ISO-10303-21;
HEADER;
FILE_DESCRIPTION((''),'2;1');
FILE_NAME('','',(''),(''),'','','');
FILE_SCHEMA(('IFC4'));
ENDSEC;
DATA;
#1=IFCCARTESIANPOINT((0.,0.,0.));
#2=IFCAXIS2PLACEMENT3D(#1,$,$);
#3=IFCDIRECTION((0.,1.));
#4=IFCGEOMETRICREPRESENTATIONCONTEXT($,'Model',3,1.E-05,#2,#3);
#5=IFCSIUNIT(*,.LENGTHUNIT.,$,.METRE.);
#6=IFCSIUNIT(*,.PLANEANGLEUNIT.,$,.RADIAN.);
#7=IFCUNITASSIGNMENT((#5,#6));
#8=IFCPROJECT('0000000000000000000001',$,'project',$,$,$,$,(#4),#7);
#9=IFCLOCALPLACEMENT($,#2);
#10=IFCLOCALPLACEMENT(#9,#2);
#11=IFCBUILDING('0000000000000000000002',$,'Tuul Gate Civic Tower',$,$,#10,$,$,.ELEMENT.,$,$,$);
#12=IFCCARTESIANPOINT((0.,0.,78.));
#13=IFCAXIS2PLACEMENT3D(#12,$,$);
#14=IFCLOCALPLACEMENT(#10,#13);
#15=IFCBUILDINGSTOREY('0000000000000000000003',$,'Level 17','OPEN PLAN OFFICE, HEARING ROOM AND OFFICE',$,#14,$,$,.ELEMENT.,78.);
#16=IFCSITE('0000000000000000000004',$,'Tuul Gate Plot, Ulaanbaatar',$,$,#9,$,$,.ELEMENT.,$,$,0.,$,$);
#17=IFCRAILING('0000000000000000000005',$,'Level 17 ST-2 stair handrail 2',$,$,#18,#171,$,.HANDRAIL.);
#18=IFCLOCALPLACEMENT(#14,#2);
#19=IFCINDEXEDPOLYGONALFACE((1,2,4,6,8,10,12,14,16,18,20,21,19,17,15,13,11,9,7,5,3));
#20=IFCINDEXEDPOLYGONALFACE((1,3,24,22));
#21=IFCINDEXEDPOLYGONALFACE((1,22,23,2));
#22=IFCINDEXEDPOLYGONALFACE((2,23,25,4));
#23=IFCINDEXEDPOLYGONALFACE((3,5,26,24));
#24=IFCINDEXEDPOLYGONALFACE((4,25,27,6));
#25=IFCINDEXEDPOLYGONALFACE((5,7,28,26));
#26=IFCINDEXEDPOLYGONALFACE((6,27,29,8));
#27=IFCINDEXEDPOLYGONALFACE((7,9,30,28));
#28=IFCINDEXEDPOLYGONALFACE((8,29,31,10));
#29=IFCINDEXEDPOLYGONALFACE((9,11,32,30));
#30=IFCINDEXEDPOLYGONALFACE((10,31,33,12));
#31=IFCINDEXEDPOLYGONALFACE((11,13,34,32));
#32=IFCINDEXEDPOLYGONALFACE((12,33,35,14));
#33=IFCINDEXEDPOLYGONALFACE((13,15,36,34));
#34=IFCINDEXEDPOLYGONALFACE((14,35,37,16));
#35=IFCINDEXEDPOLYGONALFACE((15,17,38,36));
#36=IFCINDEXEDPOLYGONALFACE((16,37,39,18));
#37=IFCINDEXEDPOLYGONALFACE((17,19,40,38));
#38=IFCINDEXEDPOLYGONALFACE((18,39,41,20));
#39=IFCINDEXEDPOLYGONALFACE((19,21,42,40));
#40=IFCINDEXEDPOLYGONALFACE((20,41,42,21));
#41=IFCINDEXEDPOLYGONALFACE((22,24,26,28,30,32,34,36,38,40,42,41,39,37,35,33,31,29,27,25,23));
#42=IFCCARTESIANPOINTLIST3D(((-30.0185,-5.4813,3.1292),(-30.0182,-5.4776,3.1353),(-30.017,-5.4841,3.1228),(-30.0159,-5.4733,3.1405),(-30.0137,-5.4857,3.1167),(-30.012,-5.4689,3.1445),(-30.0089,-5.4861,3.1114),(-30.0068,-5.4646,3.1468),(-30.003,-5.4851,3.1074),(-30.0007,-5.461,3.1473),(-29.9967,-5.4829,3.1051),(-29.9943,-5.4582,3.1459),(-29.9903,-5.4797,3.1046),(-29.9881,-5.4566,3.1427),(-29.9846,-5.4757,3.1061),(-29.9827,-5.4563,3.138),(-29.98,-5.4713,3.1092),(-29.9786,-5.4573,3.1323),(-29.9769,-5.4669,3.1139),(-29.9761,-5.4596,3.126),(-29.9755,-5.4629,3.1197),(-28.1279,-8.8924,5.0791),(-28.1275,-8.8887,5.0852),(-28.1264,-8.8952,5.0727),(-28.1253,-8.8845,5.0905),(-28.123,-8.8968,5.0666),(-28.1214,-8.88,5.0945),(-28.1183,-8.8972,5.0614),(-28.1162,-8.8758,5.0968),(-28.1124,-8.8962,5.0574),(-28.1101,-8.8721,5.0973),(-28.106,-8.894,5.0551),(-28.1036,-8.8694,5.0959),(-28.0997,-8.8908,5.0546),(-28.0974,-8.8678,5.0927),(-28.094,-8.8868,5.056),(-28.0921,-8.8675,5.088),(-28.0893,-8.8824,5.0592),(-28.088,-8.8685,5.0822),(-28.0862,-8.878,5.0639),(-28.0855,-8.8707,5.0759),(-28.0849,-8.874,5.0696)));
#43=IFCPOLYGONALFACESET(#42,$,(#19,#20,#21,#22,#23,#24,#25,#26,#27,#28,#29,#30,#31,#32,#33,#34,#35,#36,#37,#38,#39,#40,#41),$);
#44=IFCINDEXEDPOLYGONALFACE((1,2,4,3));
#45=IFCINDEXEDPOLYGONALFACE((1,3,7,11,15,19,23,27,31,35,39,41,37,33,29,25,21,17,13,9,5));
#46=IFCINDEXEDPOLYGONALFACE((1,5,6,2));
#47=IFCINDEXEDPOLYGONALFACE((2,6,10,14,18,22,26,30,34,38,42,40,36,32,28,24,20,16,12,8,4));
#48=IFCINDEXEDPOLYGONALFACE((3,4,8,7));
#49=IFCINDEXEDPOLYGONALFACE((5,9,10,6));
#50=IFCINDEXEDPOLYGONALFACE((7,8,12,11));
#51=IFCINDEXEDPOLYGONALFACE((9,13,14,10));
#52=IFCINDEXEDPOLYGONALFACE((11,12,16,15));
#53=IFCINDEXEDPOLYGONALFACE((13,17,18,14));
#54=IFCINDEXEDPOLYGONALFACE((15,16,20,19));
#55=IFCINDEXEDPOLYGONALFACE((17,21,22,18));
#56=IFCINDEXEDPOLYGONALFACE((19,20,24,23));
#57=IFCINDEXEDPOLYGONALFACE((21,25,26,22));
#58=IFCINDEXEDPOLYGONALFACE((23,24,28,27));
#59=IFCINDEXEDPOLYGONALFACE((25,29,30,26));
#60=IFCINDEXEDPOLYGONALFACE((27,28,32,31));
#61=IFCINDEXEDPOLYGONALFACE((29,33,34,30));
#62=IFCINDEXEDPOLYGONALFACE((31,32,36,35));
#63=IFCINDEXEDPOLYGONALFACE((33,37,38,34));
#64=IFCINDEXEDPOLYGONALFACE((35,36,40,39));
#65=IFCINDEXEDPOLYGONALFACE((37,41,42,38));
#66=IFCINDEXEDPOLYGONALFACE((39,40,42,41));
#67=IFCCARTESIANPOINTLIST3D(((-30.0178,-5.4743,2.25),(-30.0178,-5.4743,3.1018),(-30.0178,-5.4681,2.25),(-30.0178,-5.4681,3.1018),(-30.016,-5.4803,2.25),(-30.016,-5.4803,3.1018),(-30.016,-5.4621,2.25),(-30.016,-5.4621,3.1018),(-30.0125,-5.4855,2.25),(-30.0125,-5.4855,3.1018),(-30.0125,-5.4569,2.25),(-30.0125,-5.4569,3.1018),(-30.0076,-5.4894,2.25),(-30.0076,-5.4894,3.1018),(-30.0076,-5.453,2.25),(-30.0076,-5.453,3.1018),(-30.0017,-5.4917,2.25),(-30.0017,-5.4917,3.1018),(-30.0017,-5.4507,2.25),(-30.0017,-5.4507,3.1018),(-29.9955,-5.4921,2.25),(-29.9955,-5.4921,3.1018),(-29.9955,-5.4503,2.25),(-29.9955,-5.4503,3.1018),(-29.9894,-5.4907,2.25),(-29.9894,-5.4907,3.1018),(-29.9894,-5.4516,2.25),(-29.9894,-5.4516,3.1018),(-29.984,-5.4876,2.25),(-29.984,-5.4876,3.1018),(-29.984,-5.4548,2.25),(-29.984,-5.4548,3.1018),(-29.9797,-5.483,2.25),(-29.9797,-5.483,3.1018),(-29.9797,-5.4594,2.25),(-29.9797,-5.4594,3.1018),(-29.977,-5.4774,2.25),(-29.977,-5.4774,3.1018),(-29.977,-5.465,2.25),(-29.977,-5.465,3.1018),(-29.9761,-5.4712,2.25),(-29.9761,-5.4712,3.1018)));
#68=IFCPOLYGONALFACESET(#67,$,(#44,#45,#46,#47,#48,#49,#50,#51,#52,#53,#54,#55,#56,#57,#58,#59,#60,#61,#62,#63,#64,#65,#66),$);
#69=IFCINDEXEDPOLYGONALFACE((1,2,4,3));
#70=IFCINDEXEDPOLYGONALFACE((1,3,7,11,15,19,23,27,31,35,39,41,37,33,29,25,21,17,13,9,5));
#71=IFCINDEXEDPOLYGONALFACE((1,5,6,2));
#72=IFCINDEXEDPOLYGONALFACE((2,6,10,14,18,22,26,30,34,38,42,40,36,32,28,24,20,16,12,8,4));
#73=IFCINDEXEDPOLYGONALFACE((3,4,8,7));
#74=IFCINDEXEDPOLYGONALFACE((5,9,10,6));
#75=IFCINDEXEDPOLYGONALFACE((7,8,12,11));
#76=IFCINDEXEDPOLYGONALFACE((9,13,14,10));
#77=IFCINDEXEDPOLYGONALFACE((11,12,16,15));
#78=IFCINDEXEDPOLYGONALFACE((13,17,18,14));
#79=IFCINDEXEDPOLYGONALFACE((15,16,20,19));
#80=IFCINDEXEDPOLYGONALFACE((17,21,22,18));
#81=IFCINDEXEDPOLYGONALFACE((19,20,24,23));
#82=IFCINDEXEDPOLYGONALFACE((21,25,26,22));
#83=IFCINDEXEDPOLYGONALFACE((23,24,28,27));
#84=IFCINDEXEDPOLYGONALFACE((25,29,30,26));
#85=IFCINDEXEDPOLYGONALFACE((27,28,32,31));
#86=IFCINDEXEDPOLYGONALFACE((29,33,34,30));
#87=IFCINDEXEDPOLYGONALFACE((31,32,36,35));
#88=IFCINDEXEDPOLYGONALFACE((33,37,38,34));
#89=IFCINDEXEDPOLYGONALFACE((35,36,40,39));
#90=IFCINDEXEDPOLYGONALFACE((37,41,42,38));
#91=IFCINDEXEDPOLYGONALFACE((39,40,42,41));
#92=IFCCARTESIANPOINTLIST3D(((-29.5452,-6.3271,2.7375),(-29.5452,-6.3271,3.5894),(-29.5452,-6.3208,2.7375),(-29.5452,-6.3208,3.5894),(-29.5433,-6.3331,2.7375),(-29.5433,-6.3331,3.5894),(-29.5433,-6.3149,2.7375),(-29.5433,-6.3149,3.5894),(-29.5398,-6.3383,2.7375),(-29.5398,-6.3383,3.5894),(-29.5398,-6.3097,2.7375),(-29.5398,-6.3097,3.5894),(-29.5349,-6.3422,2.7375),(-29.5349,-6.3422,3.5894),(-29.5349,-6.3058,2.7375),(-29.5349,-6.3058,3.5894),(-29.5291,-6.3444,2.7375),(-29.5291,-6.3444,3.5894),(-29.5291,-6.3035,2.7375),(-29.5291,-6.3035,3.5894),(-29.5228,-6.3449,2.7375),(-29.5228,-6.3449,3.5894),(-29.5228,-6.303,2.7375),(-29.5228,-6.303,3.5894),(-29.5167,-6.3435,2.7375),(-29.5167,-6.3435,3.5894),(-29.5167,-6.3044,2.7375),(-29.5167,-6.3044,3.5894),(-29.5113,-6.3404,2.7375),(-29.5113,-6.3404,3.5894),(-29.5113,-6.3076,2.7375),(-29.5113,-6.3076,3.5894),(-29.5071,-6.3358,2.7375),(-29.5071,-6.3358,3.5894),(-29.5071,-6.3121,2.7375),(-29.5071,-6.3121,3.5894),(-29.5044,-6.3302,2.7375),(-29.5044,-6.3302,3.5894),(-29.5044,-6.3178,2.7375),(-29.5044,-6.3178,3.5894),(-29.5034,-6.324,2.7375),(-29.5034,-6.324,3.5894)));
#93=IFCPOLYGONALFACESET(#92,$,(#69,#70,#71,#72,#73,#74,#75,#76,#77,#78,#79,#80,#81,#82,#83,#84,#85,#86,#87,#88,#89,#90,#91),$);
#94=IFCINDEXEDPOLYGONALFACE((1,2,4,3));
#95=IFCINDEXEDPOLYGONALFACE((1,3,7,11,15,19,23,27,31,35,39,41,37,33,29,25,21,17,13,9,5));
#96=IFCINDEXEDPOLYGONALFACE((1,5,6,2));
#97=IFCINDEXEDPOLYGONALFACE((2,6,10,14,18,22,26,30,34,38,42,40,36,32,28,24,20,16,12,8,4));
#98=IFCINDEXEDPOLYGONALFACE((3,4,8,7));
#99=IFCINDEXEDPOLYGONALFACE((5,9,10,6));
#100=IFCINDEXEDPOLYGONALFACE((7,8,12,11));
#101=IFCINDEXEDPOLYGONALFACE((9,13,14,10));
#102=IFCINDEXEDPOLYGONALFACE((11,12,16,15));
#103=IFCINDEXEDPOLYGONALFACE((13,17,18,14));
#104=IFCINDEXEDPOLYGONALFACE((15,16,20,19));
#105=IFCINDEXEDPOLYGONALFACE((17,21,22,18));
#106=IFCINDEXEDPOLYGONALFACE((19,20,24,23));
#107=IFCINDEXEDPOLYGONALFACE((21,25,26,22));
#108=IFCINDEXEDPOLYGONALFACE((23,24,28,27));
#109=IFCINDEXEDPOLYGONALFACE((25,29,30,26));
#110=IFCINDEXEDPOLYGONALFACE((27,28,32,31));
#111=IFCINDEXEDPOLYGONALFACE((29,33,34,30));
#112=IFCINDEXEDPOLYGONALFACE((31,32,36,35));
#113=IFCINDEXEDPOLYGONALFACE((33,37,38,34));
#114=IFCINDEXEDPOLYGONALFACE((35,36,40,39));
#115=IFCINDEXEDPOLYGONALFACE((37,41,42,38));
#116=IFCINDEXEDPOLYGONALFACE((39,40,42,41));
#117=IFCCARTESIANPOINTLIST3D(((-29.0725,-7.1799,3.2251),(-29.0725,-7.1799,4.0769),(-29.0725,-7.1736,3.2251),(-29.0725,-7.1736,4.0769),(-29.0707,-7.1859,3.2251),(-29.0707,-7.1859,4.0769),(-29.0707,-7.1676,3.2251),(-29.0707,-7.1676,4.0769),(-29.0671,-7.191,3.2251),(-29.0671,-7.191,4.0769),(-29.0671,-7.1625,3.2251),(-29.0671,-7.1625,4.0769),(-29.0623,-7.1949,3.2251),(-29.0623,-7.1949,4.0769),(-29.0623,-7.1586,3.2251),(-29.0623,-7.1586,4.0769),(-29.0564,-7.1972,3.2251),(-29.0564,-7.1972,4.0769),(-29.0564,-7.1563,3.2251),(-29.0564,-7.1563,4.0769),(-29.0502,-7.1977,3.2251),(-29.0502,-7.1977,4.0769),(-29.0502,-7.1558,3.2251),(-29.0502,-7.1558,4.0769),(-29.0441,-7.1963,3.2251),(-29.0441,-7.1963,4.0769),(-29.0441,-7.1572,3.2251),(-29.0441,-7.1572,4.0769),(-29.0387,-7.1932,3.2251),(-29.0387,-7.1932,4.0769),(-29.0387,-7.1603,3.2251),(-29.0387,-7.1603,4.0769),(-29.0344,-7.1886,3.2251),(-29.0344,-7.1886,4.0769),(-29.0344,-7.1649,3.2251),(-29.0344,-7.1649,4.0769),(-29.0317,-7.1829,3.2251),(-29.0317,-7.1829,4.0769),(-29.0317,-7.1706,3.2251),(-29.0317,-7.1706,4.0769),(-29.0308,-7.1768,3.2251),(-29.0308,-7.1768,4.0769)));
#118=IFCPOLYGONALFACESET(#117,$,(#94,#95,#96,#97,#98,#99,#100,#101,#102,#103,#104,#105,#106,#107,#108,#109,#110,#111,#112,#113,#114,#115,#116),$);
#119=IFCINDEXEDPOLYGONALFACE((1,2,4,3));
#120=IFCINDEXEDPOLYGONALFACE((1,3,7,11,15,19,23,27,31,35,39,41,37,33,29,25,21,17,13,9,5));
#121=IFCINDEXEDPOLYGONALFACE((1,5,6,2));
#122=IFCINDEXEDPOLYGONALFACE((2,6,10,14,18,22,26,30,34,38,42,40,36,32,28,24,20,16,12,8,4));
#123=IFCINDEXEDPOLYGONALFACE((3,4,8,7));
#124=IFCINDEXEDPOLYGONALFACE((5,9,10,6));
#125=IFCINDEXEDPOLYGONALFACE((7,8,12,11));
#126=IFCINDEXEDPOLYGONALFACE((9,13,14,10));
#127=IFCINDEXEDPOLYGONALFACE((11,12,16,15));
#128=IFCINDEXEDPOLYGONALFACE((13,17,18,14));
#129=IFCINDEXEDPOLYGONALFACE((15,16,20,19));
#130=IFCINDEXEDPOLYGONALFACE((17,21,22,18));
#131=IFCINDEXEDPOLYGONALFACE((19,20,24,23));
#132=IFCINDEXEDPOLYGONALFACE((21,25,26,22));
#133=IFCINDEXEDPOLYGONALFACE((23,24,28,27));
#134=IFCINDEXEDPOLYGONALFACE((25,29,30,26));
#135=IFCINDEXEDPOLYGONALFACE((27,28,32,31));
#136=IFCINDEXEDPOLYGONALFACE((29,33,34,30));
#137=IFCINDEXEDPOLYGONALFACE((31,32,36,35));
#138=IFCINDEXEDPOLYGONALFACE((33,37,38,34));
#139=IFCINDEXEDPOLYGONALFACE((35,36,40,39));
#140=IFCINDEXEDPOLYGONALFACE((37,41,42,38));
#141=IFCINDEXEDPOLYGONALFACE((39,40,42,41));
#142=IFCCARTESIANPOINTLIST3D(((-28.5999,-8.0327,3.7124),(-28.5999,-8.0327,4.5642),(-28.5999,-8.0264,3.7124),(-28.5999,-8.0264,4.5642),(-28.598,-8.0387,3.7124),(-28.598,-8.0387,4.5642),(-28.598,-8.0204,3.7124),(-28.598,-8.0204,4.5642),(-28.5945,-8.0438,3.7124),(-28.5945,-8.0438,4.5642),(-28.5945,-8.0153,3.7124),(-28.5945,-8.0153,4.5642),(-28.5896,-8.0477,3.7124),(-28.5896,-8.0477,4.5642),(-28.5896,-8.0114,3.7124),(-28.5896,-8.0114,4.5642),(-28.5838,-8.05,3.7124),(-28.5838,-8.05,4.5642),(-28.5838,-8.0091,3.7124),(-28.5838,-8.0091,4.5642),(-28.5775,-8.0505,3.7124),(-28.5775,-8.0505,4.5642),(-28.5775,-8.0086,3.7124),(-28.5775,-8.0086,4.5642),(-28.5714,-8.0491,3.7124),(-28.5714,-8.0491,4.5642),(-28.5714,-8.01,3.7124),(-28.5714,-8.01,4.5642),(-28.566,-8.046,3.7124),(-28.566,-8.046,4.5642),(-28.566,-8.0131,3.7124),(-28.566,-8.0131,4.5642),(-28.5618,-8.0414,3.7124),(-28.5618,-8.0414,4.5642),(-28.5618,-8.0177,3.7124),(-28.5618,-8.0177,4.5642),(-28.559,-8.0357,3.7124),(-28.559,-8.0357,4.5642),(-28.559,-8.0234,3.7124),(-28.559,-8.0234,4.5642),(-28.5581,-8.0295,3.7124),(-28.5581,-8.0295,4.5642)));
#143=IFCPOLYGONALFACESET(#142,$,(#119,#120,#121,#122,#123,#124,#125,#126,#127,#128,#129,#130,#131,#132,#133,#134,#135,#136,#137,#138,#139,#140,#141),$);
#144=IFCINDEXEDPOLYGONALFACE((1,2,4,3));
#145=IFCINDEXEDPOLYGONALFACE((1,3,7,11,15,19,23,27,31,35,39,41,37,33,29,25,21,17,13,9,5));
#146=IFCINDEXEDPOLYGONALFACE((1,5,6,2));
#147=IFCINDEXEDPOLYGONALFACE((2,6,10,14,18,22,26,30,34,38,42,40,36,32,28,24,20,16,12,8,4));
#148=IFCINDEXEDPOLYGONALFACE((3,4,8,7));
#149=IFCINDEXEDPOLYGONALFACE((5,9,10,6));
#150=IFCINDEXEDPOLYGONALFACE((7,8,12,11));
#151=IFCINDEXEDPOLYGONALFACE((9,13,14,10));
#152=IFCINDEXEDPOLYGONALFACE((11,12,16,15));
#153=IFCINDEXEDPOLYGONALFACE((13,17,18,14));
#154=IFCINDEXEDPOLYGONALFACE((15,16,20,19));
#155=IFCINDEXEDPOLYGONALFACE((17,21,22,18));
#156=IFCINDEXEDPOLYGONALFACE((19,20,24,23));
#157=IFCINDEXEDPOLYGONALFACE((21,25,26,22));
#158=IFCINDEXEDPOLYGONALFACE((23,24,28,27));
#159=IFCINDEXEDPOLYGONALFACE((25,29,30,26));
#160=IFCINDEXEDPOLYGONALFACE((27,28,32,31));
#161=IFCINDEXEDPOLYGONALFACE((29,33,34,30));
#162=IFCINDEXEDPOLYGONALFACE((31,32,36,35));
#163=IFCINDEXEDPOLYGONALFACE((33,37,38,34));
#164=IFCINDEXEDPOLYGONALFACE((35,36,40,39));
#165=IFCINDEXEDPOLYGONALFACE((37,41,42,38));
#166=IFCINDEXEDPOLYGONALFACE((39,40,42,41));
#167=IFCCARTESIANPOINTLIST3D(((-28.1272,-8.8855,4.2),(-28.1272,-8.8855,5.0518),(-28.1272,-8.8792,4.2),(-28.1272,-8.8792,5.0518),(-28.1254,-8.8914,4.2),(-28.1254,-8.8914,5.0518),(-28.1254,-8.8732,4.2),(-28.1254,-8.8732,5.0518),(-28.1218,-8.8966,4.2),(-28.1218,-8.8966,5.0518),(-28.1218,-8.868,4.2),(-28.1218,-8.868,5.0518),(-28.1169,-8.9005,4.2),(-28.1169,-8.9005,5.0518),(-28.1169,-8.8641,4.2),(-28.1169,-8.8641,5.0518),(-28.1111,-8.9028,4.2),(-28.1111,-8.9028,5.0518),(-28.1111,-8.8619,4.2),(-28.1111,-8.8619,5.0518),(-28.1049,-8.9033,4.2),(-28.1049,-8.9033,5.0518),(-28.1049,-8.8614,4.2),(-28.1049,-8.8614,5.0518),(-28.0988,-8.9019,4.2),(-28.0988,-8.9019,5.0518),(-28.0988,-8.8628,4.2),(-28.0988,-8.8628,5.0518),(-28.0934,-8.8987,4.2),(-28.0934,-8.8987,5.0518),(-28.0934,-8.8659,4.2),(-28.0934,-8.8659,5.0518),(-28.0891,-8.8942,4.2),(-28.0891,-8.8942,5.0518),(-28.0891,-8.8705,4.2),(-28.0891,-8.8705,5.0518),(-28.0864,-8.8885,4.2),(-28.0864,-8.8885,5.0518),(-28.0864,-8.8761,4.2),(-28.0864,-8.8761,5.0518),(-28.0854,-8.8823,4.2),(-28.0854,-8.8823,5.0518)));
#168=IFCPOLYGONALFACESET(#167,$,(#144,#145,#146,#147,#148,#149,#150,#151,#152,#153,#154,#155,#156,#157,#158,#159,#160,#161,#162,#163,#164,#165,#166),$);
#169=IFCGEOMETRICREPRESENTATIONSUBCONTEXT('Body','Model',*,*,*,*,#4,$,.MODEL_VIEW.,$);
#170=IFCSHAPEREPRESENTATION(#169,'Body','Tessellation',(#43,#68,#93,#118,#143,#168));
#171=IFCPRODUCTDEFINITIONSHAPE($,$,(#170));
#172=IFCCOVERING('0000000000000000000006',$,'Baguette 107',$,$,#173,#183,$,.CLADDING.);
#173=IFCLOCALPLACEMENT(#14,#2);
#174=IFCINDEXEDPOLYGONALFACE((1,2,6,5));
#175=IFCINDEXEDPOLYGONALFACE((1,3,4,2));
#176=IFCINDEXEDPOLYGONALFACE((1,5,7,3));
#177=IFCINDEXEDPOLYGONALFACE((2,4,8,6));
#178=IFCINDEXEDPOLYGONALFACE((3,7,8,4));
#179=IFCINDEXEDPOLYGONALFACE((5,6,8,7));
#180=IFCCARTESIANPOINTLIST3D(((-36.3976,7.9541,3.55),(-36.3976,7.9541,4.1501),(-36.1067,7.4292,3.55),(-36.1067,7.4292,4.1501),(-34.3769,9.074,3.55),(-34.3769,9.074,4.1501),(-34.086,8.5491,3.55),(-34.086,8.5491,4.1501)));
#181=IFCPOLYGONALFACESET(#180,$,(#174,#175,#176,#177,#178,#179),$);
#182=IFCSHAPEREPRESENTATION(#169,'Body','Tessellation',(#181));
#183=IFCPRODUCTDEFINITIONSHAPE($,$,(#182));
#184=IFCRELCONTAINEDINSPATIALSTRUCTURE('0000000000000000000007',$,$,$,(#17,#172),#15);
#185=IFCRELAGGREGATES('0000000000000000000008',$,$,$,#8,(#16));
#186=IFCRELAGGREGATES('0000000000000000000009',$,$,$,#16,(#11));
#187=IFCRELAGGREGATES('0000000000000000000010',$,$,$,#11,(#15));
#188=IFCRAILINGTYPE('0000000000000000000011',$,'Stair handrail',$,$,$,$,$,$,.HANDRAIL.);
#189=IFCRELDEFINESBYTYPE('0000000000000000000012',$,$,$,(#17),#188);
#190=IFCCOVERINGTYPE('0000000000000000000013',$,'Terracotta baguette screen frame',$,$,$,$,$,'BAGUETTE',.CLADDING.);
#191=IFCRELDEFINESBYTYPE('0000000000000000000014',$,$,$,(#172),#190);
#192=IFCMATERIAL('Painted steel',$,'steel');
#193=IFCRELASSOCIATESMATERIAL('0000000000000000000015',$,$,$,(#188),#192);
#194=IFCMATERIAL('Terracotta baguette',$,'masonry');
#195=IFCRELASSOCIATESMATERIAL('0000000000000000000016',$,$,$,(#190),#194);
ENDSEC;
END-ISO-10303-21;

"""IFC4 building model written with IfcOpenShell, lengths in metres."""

from ifc_helpers import new_model, si_unit, direction, frame, origin, origin_2d, place, context, subcontext, project, spatial, rectangle, circle, extrude, material, material_profile, profile_set, type_object, element, save


model = new_model("IFC4")

# Units and contexts
model_context = context("Model", 3, precision=1e-05, world=origin(), true_north=direction((0.0, 1.0)))
body_context = subcontext(model_context, "Body", "Model", "MODEL_VIEW")
ifc_project = project(units=[si_unit("LENGTHUNIT", "METRE"), si_unit("PLANEANGLEUNIT", "RADIAN")], contexts=[model_context])

# Site, building, storey
site_placement = place(None, origin())
site = spatial("IfcSite", under=ifc_project, at=site_placement, Name="Tuul Gate Plot, Ulaanbaatar", CompositionType="ELEMENT", RefElevation=0.0)
building_placement = place(site_placement, origin())
building = spatial("IfcBuilding", under=site, at=building_placement, Name="Tuul Gate Civic Tower", CompositionType="ELEMENT")
storey_placement = place(building_placement, frame((0.0, 0.0, 78.0)))
storey = spatial("IfcBuildingStorey", under=building, at=storey_placement, Name="Level 17", Description="OPEN PLAN OFFICE, HEARING ROOM AND OFFICE", CompositionType="ELEMENT", Elevation=78.0)

# Railing
ifc_material_1 = material(Name="Painted steel", Category="steel")
railing_type = type_object("IfcRailingType", Name="Stair handrail", PredefinedType="HANDRAIL", material=ifc_material_1)
railing_placement = place(storey_placement, frame((-29.9971, -5.4712, 2.25)))
element("IfcRailing", 1, at=railing_placement, inside=storey, type_object=railing_type, Name="Level 17 ST-2 stair handrail 2", PredefinedType="HANDRAIL", context=body_context, shape_type="SweptSolid", body=[
    extrude(circle(Radius=0.0239, at=origin_2d()), frame((0.0, 0.0, 0.876), z_axis=(0.433595, -0.782308, 0.447201), x_axis=(0.874641, 0.484771, 0.0)), (0.0, 0.0, 1.0), 4.3604),
    extrude(circle(Radius=0.021, at=origin_2d()), origin(), (0.0, 0.0, 1.0), 0.8518),
    extrude(circle(Radius=0.021, at=origin_2d()), frame((0.4727, -0.8528, 0.4875)), (0.0, 0.0, 1.0), 0.8518),
    extrude(circle(Radius=0.021, at=origin_2d()), frame((0.9453, -1.7056, 0.9751)), (0.0, 0.0, 1.0), 0.8518),
    extrude(circle(Radius=0.021, at=origin_2d()), frame((1.418, -2.5583, 1.4624)), (0.0, 0.0, 1.0), 0.8518),
    extrude(circle(Radius=0.021, at=origin_2d()), frame((1.8906, -3.4111, 1.95)), (0.0, 0.0, 1.0), 0.8518),
])

# Covering
ifc_material_2 = material(Name="Terracotta baguette", Category="masonry")
ifc_material_profile_1 = material_profile(ifc_material_2, rectangle(XDim=0.6001, YDim=0.6001, at=origin_2d()), Name="Terracotta baguette screen frame")
ifc_profile_set_1 = profile_set([ifc_material_profile_1], Name="Terracotta baguette")
covering_type = type_object("IfcCoveringType", Name="Terracotta baguette screen frame", ElementType="BAGUETTE", PredefinedType="CLADDING", material=ifc_profile_set_1)
covering_placement = place(storey_placement, frame((-34.2314, 8.8115, 3.8501), z_axis=(-0.874665, -0.484727, 0.0), x_axis=(0.484727, -0.874665, 0.0)))
element("IfcCovering", 2, at=covering_placement, inside=storey, type_object=covering_type, Name="Baguette 107", PredefinedType="CLADDING", context=body_context, shape_type="SweptSolid", body=[
    extrude(rectangle(XDim=0.6001, YDim=0.6001, at=origin_2d()), origin(), (0.0, 0.0, 1.0), 2.3103),
])

save(model, "model.ifc")
